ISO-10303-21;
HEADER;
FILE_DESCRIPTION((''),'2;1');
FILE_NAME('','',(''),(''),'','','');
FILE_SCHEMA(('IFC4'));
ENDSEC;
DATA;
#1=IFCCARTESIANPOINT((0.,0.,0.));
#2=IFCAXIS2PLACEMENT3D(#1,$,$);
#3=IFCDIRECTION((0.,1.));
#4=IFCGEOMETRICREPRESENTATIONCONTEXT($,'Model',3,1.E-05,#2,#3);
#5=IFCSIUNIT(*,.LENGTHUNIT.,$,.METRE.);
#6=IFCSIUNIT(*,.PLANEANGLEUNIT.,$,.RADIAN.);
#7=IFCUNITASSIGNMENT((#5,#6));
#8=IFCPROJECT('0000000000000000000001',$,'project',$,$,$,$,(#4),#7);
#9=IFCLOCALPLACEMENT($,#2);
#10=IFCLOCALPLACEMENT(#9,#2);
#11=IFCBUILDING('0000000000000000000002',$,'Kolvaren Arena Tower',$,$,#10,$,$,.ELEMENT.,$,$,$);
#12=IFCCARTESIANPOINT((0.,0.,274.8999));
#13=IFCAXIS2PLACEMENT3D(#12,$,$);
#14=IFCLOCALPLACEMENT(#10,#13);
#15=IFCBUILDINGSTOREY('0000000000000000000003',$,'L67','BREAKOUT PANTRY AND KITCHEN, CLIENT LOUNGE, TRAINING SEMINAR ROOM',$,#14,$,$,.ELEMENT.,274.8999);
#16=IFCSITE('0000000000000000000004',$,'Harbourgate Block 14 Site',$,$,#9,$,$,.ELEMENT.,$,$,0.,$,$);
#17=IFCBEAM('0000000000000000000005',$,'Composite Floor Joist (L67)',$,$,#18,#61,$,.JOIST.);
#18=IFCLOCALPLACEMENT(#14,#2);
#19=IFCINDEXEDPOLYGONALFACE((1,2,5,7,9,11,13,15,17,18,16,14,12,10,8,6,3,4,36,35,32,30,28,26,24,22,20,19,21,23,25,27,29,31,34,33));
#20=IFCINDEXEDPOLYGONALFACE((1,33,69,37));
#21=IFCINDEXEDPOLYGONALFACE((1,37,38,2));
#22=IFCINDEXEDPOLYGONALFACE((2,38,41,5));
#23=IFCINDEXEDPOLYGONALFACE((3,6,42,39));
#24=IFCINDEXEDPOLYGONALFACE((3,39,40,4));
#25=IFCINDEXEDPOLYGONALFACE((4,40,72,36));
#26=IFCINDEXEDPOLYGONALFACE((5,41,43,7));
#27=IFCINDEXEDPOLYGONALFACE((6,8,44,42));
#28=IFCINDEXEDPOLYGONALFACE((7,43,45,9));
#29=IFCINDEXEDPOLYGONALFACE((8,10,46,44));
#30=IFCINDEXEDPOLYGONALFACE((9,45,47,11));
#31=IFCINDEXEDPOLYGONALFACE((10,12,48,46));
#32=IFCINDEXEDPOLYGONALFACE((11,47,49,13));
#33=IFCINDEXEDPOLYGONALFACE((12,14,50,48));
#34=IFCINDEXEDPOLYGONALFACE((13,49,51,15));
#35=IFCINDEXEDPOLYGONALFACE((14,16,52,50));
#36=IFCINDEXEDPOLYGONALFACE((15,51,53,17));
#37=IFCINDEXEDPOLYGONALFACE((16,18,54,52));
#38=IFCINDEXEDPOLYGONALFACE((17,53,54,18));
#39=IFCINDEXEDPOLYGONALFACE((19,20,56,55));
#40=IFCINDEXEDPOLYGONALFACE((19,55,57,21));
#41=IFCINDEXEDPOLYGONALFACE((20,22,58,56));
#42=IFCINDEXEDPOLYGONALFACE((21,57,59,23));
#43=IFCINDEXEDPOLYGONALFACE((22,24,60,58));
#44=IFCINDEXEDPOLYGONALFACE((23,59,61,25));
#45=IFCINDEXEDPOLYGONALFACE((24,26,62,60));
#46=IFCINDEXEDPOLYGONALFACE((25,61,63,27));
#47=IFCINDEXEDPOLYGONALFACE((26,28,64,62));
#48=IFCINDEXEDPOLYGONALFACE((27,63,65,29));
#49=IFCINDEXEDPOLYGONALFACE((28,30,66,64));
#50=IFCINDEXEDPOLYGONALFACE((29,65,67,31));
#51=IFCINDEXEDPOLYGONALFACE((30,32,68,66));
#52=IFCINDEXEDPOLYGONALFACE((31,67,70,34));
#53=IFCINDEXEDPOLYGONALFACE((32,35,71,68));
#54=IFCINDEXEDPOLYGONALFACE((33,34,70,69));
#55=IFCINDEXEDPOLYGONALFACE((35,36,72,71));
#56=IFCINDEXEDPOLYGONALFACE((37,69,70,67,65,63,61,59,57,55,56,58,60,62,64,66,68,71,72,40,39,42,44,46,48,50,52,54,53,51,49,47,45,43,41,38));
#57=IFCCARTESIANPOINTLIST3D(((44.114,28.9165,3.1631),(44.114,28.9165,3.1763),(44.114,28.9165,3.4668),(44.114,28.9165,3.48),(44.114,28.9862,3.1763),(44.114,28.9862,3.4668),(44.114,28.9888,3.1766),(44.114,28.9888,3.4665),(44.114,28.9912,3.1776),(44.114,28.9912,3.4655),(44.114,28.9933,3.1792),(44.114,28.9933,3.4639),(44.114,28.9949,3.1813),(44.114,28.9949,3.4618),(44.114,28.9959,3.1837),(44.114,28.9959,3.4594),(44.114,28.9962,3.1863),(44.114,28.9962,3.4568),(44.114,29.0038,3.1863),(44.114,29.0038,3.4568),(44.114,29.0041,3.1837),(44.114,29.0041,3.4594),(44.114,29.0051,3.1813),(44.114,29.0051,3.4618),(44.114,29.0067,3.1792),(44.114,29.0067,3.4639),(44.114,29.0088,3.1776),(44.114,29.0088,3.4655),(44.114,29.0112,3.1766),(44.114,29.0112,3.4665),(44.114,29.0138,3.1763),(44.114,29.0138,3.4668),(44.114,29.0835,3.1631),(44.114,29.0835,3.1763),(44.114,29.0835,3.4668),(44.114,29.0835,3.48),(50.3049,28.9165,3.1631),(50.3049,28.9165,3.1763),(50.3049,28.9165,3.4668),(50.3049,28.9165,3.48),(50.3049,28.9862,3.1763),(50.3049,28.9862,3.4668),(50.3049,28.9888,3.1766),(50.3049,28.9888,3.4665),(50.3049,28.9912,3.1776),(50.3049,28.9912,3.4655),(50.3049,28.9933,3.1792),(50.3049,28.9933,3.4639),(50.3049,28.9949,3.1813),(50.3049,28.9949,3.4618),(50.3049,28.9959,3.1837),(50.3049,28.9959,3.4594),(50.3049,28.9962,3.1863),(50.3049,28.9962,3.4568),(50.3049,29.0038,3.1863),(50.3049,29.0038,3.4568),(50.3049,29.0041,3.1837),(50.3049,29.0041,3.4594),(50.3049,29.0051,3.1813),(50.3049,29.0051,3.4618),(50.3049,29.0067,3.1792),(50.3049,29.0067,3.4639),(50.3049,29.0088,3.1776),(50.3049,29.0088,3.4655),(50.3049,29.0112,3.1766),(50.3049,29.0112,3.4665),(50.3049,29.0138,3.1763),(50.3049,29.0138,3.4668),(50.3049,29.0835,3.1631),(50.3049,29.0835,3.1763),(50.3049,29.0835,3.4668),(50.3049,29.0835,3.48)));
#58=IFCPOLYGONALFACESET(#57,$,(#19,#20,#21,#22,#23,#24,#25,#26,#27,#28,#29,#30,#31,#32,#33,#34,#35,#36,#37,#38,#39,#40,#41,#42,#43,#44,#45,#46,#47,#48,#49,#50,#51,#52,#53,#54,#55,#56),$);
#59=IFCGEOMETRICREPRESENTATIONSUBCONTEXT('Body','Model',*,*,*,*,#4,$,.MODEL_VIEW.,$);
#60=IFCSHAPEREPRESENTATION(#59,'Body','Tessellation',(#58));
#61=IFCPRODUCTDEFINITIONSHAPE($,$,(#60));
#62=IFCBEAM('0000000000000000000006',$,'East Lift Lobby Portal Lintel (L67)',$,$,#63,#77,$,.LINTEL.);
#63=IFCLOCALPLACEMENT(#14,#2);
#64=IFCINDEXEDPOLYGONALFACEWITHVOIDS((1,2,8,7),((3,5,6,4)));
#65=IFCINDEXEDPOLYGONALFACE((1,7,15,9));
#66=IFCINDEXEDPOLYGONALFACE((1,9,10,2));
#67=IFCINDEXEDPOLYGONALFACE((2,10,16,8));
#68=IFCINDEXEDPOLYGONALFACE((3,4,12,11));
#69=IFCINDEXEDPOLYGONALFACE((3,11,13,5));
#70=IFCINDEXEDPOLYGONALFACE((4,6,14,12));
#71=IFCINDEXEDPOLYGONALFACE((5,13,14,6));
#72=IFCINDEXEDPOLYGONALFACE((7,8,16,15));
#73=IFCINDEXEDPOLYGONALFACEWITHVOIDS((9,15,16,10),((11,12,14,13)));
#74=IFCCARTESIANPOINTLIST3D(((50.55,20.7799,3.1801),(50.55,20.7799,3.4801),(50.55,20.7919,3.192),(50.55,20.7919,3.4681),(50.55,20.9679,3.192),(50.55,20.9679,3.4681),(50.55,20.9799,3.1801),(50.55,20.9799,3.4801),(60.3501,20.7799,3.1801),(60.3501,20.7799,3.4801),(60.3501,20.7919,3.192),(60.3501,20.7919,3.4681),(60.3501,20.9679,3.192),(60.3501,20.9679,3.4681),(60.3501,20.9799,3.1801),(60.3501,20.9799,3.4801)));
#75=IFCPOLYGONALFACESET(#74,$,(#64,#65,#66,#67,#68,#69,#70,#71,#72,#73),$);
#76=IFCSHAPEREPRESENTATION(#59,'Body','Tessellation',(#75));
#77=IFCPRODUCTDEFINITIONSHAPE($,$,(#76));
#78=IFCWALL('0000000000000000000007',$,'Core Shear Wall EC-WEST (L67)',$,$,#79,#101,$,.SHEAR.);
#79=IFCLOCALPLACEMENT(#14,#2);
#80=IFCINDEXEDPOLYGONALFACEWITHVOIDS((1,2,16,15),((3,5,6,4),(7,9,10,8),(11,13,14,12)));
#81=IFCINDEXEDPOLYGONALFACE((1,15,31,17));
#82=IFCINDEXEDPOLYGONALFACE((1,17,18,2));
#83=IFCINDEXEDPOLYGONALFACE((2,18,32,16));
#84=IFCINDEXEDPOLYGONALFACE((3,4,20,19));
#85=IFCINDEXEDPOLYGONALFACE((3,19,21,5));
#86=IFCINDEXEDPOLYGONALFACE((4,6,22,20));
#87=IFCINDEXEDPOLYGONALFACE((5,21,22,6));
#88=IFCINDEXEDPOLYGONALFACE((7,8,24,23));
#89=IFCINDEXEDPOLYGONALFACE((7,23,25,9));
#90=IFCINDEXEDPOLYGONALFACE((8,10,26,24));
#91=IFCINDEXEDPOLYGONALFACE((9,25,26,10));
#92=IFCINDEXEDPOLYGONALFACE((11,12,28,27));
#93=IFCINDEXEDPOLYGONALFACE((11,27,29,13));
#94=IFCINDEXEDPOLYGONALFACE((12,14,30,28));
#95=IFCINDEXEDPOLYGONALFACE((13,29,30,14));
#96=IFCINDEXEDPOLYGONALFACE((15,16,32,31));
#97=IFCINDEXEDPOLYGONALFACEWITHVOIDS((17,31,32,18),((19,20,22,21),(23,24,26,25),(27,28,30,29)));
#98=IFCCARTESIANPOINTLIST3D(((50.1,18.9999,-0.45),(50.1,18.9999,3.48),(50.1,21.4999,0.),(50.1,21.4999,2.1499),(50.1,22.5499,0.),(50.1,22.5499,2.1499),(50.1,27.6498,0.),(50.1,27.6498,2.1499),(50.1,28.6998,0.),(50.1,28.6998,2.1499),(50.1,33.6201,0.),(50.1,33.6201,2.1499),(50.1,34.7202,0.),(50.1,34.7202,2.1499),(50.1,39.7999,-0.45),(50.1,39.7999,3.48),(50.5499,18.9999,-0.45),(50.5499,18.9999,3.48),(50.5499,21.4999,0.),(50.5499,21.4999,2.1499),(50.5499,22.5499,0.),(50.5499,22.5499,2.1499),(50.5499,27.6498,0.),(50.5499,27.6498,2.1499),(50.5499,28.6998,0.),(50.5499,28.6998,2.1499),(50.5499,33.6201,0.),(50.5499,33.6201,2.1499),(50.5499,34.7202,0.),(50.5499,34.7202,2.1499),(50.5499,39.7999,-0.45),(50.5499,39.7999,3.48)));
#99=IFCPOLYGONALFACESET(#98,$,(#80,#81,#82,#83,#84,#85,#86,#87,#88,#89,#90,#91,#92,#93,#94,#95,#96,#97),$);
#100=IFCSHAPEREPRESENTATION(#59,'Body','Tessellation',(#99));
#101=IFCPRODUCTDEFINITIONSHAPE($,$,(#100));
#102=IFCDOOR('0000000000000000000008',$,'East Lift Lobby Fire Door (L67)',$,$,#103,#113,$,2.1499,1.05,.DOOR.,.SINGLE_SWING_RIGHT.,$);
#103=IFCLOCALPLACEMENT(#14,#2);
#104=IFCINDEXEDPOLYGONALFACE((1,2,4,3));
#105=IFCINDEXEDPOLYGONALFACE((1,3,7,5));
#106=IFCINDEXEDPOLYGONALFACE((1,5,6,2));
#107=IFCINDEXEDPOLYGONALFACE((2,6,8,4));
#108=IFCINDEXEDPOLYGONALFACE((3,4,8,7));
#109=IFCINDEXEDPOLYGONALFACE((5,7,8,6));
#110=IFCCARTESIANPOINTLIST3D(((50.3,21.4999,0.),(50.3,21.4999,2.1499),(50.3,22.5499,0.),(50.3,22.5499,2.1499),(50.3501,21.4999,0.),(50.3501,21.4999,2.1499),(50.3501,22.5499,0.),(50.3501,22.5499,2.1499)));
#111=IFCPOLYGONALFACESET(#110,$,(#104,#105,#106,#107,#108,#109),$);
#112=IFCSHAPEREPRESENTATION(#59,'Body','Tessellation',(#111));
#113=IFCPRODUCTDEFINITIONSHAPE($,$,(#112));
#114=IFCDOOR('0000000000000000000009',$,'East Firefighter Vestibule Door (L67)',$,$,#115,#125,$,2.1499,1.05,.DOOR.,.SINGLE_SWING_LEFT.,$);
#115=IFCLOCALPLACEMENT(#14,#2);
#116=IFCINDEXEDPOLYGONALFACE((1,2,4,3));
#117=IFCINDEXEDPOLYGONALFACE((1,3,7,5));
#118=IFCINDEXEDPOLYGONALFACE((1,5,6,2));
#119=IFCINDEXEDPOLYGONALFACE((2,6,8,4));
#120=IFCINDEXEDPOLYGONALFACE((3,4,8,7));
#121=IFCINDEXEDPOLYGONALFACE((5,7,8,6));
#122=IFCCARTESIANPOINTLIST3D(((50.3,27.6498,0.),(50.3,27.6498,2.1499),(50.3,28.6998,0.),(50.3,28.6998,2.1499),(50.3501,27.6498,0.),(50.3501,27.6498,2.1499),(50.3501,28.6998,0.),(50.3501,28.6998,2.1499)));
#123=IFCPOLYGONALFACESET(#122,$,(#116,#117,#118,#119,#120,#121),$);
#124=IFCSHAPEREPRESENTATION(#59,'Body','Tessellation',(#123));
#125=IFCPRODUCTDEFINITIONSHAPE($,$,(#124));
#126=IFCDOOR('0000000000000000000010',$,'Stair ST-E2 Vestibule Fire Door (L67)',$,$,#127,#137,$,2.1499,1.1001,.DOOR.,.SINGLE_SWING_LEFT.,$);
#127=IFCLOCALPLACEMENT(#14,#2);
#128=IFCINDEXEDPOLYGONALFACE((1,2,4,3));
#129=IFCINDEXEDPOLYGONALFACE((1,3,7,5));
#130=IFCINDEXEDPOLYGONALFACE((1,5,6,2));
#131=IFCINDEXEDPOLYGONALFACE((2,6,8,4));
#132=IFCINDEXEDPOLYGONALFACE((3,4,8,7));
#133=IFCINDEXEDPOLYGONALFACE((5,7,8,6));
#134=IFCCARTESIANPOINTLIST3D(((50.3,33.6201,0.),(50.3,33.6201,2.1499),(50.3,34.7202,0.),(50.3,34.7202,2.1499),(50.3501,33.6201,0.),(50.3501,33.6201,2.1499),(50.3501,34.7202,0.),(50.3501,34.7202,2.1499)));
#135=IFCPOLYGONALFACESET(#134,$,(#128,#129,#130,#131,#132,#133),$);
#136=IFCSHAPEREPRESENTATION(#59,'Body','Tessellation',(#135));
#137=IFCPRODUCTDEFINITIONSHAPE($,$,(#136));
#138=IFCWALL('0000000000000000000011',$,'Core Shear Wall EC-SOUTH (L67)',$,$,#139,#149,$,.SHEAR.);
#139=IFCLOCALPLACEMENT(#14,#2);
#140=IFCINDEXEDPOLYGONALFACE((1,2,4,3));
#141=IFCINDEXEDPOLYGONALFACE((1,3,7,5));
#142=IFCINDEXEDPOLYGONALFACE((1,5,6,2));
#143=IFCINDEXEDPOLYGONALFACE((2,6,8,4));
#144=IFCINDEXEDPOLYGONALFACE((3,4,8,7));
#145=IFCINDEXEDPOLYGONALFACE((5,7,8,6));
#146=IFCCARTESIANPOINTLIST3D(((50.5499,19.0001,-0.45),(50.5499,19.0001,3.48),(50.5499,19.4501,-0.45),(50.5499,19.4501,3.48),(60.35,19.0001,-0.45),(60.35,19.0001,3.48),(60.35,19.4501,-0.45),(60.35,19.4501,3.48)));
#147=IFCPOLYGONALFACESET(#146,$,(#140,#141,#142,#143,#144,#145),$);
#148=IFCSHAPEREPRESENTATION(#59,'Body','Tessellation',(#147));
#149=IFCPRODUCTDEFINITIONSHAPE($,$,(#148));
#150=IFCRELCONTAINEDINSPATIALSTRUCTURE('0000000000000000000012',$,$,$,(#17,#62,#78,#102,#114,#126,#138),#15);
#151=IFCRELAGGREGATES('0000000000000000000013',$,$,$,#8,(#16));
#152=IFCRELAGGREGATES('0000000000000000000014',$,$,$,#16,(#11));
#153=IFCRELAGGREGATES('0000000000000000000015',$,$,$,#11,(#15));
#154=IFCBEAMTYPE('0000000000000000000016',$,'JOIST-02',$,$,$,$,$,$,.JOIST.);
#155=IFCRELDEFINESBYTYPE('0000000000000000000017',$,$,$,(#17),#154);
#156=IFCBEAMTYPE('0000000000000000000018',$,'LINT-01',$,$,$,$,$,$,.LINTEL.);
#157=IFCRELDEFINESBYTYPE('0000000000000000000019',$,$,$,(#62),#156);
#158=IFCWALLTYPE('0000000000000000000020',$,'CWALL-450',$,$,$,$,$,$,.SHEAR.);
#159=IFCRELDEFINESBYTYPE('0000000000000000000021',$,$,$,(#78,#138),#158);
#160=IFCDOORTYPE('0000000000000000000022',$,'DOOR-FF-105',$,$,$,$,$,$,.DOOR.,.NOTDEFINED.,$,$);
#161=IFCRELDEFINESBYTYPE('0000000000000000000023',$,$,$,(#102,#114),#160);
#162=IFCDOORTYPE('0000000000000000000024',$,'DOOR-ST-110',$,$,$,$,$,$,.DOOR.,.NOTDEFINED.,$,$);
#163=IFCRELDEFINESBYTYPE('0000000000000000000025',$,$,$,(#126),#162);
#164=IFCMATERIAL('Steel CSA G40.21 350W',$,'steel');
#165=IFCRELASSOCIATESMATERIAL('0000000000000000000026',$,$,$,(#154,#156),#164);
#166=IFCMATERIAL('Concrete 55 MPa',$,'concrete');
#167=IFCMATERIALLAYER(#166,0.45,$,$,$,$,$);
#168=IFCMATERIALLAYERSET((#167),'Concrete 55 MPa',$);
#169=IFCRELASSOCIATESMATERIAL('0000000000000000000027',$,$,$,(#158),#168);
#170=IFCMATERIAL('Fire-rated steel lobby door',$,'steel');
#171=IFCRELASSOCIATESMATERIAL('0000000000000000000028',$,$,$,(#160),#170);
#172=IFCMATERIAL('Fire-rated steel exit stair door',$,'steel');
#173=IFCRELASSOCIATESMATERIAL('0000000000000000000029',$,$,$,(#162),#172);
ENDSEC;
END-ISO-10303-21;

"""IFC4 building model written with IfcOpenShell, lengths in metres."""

from ifc_helpers import new_model, si_unit, direction, frame, frame_2d, origin, origin_2d, place, context, subcontext, project, spatial, rectangle, hollow_rectangle, i_section, extrude, material, layer, layer_set, material_profile, profile_set, type_object, element, fill, save


model = new_model("IFC4")

# Units and contexts
model_context = context("Model", 3, precision=1e-05, world=origin(), true_north=direction((0.0, 1.0)))
body_context = subcontext(model_context, "Body", "Model", "MODEL_VIEW")
ifc_project = project(units=[si_unit("LENGTHUNIT", "METRE"), si_unit("PLANEANGLEUNIT", "RADIAN")], contexts=[model_context])

# Site, building, storey
site_placement = place(None, origin())
site = spatial("IfcSite", under=ifc_project, at=site_placement, Name="Harbourgate Block 14 Site", CompositionType="ELEMENT", RefElevation=0.0)
building_placement = place(site_placement, origin())
building = spatial("IfcBuilding", under=site, at=building_placement, Name="Kolvaren Arena Tower", CompositionType="ELEMENT")
storey_placement = place(building_placement, frame((0.0, 0.0, 274.8999)))
storey = spatial("IfcBuildingStorey", under=building, at=storey_placement, Name="L67", Description="BREAKOUT PANTRY AND KITCHEN, CLIENT LOUNGE, TRAINING SEMINAR ROOM", CompositionType="ELEMENT", Elevation=274.8999)

# Beams
ifc_material_1 = material(Name="Steel CSA G40.21 350W", Category="steel")
ifc_material_profile_1 = material_profile(ifc_material_1, i_section(OverallWidth=0.167, OverallDepth=0.3169, WebThickness=0.0076, FlangeThickness=0.0132, FilletRadius=0.01, at=origin_2d()), Name="W310x52")
ifc_profile_set_1 = profile_set([ifc_material_profile_1], Name="Steel CSA G40.21 350W")
beam_type_1 = type_object("IfcBeamType", Name="JOIST-02", PredefinedType="JOIST", material=ifc_profile_set_1)
for number, where, z_axis, x_axis, name in (
    (1, (44.114, 29.0, 3.3215), (1.0, 0.0, 0.0), (0.0, 1.0, 0.0), "Composite Floor Joist (L67)"),
):
    element("IfcBeam", number, at=place(storey_placement, frame(where, z_axis=z_axis, x_axis=x_axis)), inside=storey, type_object=beam_type_1, Name=name, PredefinedType="JOIST", context=body_context, shape_type="SweptSolid", body=[
        extrude(i_section(OverallWidth=0.167, OverallDepth=0.3169, WebThickness=0.0076, FlangeThickness=0.0132, FilletRadius=0.01, at=origin_2d()), origin(), (0.0, 0.0, 1.0), 6.1909),
    ])
ifc_material_profile_2 = material_profile(ifc_material_1, hollow_rectangle(XDim=0.2, YDim=0.3, WallThickness=0.012, at=origin_2d()), Name="HSS 300x200x12")
ifc_profile_set_2 = profile_set([ifc_material_profile_2], Name="Steel CSA G40.21 350W")
beam_type_2 = type_object("IfcBeamType", Name="LINT-01", PredefinedType="LINTEL", material=ifc_profile_set_2)
beam_1_placement = place(storey_placement, frame((50.55, 20.8799, 3.3301), z_axis=(1.0, 0.0, 0.0), x_axis=(0.0, 1.0, 0.0)))
element("IfcBeam", 2, at=beam_1_placement, inside=storey, type_object=beam_type_2, Name="East Lift Lobby Portal Lintel (L67)", PredefinedType="LINTEL", context=body_context, shape_type="SweptSolid", body=[
    extrude(hollow_rectangle(XDim=0.2, YDim=0.3, WallThickness=0.012, at=origin_2d()), origin(), (0.0, 0.0, 1.0), 9.8),
])

# Wall, openings, doors
ifc_material_2 = material(Name="Concrete 55 MPa", Category="concrete")
ifc_layer_1 = layer(ifc_material_2, 0.45)
ifc_layer_set_1 = layer_set([ifc_layer_1], Name="Concrete 55 MPa")
wall_type_1 = type_object("IfcWallType", Name="CWALL-450", PredefinedType="SHEAR", material=ifc_layer_set_1)
wall_1_placement = place(storey_placement, frame((50.325, 19.0, -0.45), z_axis=(0.0, 0.0, 1.0), x_axis=(0.0, 1.0, 0.0)))
wall_1 = element("IfcWall", 3, at=wall_1_placement, inside=storey, type_object=wall_type_1, Name="Core Shear Wall EC-WEST (L67)", PredefinedType="SHEAR", context=body_context, shape_type="SweptSolid", body=[
    extrude(rectangle(XDim=20.8, YDim=0.45, at=frame_2d((10.3999, 0.0))), origin(), (0.0, 0.0, 1.0), 3.9299),
])
opening_1_placement = place(wall_1_placement, frame((2.5, 0.0, 0.45)))
opening_1 = element("IfcOpeningElement", 4, at=opening_1_placement, cuts=wall_1, PredefinedType="OPENING", context=body_context, shape_type="SweptSolid", body=[
    extrude(rectangle(XDim=1.05, YDim=2.1499, at=frame_2d((0.5249, 1.075))), frame((0.0, 0.2349, 0.0), z_axis=(0.0, -1.0, 0.0), x_axis=(1.0, 0.0, 0.0)), (0.0, 0.0, 1.0), 0.47),
])
opening_2_placement = place(wall_1_placement, frame((8.6499, 0.0, 0.45)))
opening_2 = element("IfcOpeningElement", 5, at=opening_2_placement, cuts=wall_1, PredefinedType="OPENING", context=body_context, shape_type="SweptSolid", body=[
    extrude(rectangle(XDim=1.05, YDim=2.1499, at=frame_2d((0.5249, 1.075))), frame((0.0, 0.2349, 0.0), z_axis=(0.0, -1.0, 0.0), x_axis=(1.0, 0.0, 0.0)), (0.0, 0.0, 1.0), 0.47),
])
opening_3_placement = place(wall_1_placement, frame((14.6201, 0.0, 0.45)))
opening_3 = element("IfcOpeningElement", 6, at=opening_3_placement, cuts=wall_1, PredefinedType="OPENING", context=body_context, shape_type="SweptSolid", body=[
    extrude(rectangle(XDim=1.1001, YDim=2.1499, at=frame_2d((0.55, 1.075))), frame((0.0, 0.2349, 0.0), z_axis=(0.0, -1.0, 0.0), x_axis=(1.0, 0.0, 0.0)), (0.0, 0.0, 1.0), 0.47),
])
ifc_material_3 = material(Name="Fire-rated steel lobby door", Category="steel")
door_type_1 = type_object("IfcDoorType", Name="DOOR-FF-105", OperationType="NOTDEFINED", PredefinedType="DOOR", material=ifc_material_3)
door_1_placement = place(opening_1_placement, origin())
door_1 = element("IfcDoor", 7, at=door_1_placement, inside=storey, type_object=door_type_1, Name="East Lift Lobby Fire Door (L67)", OperationType="SINGLE_SWING_RIGHT", OverallHeight=2.1499, OverallWidth=1.05, PredefinedType="DOOR", context=body_context, shape_type="SweptSolid", body=[
    extrude(rectangle(XDim=1.05, YDim=2.1499, at=frame_2d((0.5249, 1.075))), frame((0.0, 0.0249, 0.0), z_axis=(0.0, -1.0, 0.0), x_axis=(1.0, 0.0, 0.0)), (0.0, 0.0, 1.0), 0.05),
])
fill(opening_1, door_1)
door_2_placement = place(opening_2_placement, origin())
door_2 = element("IfcDoor", 8, at=door_2_placement, inside=storey, type_object=door_type_1, Name="East Firefighter Vestibule Door (L67)", OperationType="SINGLE_SWING_LEFT", OverallHeight=2.1499, OverallWidth=1.05, PredefinedType="DOOR", context=body_context, shape_type="SweptSolid", body=[
    extrude(rectangle(XDim=1.05, YDim=2.1499, at=frame_2d((0.5249, 1.075))), frame((0.0, 0.0249, 0.0), z_axis=(0.0, -1.0, 0.0), x_axis=(1.0, 0.0, 0.0)), (0.0, 0.0, 1.0), 0.05),
])
fill(opening_2, door_2)
ifc_material_4 = material(Name="Fire-rated steel exit stair door", Category="steel")
door_type_2 = type_object("IfcDoorType", Name="DOOR-ST-110", OperationType="NOTDEFINED", PredefinedType="DOOR", material=ifc_material_4)
door_3_placement = place(opening_3_placement, origin())
door_3 = element("IfcDoor", 9, at=door_3_placement, inside=storey, type_object=door_type_2, Name="Stair ST-E2 Vestibule Fire Door (L67)", OperationType="SINGLE_SWING_LEFT", OverallHeight=2.1499, OverallWidth=1.1001, PredefinedType="DOOR", context=body_context, shape_type="SweptSolid", body=[
    extrude(rectangle(XDim=1.1001, YDim=2.1499, at=frame_2d((0.55, 1.075))), frame((0.0, 0.0249, 0.0), z_axis=(0.0, -1.0, 0.0), x_axis=(1.0, 0.0, 0.0)), (0.0, 0.0, 1.0), 0.05),
])
fill(opening_3, door_3)

# Wall
wall_2_placement = place(storey_placement, frame((50.55, 19.2251, -0.45), z_axis=(0.0, 0.0, 1.0), x_axis=(1.0, 0.0, 0.0)))
element("IfcWall", 10, at=wall_2_placement, inside=storey, type_object=wall_type_1, Name="Core Shear Wall EC-SOUTH (L67)", PredefinedType="SHEAR", context=body_context, shape_type="SweptSolid", body=[
    extrude(rectangle(XDim=9.8, YDim=0.45, at=frame_2d((4.8999, 0.0))), origin(), (0.0, 0.0, 1.0), 3.9299),
])

save(model, "model.ifc")
